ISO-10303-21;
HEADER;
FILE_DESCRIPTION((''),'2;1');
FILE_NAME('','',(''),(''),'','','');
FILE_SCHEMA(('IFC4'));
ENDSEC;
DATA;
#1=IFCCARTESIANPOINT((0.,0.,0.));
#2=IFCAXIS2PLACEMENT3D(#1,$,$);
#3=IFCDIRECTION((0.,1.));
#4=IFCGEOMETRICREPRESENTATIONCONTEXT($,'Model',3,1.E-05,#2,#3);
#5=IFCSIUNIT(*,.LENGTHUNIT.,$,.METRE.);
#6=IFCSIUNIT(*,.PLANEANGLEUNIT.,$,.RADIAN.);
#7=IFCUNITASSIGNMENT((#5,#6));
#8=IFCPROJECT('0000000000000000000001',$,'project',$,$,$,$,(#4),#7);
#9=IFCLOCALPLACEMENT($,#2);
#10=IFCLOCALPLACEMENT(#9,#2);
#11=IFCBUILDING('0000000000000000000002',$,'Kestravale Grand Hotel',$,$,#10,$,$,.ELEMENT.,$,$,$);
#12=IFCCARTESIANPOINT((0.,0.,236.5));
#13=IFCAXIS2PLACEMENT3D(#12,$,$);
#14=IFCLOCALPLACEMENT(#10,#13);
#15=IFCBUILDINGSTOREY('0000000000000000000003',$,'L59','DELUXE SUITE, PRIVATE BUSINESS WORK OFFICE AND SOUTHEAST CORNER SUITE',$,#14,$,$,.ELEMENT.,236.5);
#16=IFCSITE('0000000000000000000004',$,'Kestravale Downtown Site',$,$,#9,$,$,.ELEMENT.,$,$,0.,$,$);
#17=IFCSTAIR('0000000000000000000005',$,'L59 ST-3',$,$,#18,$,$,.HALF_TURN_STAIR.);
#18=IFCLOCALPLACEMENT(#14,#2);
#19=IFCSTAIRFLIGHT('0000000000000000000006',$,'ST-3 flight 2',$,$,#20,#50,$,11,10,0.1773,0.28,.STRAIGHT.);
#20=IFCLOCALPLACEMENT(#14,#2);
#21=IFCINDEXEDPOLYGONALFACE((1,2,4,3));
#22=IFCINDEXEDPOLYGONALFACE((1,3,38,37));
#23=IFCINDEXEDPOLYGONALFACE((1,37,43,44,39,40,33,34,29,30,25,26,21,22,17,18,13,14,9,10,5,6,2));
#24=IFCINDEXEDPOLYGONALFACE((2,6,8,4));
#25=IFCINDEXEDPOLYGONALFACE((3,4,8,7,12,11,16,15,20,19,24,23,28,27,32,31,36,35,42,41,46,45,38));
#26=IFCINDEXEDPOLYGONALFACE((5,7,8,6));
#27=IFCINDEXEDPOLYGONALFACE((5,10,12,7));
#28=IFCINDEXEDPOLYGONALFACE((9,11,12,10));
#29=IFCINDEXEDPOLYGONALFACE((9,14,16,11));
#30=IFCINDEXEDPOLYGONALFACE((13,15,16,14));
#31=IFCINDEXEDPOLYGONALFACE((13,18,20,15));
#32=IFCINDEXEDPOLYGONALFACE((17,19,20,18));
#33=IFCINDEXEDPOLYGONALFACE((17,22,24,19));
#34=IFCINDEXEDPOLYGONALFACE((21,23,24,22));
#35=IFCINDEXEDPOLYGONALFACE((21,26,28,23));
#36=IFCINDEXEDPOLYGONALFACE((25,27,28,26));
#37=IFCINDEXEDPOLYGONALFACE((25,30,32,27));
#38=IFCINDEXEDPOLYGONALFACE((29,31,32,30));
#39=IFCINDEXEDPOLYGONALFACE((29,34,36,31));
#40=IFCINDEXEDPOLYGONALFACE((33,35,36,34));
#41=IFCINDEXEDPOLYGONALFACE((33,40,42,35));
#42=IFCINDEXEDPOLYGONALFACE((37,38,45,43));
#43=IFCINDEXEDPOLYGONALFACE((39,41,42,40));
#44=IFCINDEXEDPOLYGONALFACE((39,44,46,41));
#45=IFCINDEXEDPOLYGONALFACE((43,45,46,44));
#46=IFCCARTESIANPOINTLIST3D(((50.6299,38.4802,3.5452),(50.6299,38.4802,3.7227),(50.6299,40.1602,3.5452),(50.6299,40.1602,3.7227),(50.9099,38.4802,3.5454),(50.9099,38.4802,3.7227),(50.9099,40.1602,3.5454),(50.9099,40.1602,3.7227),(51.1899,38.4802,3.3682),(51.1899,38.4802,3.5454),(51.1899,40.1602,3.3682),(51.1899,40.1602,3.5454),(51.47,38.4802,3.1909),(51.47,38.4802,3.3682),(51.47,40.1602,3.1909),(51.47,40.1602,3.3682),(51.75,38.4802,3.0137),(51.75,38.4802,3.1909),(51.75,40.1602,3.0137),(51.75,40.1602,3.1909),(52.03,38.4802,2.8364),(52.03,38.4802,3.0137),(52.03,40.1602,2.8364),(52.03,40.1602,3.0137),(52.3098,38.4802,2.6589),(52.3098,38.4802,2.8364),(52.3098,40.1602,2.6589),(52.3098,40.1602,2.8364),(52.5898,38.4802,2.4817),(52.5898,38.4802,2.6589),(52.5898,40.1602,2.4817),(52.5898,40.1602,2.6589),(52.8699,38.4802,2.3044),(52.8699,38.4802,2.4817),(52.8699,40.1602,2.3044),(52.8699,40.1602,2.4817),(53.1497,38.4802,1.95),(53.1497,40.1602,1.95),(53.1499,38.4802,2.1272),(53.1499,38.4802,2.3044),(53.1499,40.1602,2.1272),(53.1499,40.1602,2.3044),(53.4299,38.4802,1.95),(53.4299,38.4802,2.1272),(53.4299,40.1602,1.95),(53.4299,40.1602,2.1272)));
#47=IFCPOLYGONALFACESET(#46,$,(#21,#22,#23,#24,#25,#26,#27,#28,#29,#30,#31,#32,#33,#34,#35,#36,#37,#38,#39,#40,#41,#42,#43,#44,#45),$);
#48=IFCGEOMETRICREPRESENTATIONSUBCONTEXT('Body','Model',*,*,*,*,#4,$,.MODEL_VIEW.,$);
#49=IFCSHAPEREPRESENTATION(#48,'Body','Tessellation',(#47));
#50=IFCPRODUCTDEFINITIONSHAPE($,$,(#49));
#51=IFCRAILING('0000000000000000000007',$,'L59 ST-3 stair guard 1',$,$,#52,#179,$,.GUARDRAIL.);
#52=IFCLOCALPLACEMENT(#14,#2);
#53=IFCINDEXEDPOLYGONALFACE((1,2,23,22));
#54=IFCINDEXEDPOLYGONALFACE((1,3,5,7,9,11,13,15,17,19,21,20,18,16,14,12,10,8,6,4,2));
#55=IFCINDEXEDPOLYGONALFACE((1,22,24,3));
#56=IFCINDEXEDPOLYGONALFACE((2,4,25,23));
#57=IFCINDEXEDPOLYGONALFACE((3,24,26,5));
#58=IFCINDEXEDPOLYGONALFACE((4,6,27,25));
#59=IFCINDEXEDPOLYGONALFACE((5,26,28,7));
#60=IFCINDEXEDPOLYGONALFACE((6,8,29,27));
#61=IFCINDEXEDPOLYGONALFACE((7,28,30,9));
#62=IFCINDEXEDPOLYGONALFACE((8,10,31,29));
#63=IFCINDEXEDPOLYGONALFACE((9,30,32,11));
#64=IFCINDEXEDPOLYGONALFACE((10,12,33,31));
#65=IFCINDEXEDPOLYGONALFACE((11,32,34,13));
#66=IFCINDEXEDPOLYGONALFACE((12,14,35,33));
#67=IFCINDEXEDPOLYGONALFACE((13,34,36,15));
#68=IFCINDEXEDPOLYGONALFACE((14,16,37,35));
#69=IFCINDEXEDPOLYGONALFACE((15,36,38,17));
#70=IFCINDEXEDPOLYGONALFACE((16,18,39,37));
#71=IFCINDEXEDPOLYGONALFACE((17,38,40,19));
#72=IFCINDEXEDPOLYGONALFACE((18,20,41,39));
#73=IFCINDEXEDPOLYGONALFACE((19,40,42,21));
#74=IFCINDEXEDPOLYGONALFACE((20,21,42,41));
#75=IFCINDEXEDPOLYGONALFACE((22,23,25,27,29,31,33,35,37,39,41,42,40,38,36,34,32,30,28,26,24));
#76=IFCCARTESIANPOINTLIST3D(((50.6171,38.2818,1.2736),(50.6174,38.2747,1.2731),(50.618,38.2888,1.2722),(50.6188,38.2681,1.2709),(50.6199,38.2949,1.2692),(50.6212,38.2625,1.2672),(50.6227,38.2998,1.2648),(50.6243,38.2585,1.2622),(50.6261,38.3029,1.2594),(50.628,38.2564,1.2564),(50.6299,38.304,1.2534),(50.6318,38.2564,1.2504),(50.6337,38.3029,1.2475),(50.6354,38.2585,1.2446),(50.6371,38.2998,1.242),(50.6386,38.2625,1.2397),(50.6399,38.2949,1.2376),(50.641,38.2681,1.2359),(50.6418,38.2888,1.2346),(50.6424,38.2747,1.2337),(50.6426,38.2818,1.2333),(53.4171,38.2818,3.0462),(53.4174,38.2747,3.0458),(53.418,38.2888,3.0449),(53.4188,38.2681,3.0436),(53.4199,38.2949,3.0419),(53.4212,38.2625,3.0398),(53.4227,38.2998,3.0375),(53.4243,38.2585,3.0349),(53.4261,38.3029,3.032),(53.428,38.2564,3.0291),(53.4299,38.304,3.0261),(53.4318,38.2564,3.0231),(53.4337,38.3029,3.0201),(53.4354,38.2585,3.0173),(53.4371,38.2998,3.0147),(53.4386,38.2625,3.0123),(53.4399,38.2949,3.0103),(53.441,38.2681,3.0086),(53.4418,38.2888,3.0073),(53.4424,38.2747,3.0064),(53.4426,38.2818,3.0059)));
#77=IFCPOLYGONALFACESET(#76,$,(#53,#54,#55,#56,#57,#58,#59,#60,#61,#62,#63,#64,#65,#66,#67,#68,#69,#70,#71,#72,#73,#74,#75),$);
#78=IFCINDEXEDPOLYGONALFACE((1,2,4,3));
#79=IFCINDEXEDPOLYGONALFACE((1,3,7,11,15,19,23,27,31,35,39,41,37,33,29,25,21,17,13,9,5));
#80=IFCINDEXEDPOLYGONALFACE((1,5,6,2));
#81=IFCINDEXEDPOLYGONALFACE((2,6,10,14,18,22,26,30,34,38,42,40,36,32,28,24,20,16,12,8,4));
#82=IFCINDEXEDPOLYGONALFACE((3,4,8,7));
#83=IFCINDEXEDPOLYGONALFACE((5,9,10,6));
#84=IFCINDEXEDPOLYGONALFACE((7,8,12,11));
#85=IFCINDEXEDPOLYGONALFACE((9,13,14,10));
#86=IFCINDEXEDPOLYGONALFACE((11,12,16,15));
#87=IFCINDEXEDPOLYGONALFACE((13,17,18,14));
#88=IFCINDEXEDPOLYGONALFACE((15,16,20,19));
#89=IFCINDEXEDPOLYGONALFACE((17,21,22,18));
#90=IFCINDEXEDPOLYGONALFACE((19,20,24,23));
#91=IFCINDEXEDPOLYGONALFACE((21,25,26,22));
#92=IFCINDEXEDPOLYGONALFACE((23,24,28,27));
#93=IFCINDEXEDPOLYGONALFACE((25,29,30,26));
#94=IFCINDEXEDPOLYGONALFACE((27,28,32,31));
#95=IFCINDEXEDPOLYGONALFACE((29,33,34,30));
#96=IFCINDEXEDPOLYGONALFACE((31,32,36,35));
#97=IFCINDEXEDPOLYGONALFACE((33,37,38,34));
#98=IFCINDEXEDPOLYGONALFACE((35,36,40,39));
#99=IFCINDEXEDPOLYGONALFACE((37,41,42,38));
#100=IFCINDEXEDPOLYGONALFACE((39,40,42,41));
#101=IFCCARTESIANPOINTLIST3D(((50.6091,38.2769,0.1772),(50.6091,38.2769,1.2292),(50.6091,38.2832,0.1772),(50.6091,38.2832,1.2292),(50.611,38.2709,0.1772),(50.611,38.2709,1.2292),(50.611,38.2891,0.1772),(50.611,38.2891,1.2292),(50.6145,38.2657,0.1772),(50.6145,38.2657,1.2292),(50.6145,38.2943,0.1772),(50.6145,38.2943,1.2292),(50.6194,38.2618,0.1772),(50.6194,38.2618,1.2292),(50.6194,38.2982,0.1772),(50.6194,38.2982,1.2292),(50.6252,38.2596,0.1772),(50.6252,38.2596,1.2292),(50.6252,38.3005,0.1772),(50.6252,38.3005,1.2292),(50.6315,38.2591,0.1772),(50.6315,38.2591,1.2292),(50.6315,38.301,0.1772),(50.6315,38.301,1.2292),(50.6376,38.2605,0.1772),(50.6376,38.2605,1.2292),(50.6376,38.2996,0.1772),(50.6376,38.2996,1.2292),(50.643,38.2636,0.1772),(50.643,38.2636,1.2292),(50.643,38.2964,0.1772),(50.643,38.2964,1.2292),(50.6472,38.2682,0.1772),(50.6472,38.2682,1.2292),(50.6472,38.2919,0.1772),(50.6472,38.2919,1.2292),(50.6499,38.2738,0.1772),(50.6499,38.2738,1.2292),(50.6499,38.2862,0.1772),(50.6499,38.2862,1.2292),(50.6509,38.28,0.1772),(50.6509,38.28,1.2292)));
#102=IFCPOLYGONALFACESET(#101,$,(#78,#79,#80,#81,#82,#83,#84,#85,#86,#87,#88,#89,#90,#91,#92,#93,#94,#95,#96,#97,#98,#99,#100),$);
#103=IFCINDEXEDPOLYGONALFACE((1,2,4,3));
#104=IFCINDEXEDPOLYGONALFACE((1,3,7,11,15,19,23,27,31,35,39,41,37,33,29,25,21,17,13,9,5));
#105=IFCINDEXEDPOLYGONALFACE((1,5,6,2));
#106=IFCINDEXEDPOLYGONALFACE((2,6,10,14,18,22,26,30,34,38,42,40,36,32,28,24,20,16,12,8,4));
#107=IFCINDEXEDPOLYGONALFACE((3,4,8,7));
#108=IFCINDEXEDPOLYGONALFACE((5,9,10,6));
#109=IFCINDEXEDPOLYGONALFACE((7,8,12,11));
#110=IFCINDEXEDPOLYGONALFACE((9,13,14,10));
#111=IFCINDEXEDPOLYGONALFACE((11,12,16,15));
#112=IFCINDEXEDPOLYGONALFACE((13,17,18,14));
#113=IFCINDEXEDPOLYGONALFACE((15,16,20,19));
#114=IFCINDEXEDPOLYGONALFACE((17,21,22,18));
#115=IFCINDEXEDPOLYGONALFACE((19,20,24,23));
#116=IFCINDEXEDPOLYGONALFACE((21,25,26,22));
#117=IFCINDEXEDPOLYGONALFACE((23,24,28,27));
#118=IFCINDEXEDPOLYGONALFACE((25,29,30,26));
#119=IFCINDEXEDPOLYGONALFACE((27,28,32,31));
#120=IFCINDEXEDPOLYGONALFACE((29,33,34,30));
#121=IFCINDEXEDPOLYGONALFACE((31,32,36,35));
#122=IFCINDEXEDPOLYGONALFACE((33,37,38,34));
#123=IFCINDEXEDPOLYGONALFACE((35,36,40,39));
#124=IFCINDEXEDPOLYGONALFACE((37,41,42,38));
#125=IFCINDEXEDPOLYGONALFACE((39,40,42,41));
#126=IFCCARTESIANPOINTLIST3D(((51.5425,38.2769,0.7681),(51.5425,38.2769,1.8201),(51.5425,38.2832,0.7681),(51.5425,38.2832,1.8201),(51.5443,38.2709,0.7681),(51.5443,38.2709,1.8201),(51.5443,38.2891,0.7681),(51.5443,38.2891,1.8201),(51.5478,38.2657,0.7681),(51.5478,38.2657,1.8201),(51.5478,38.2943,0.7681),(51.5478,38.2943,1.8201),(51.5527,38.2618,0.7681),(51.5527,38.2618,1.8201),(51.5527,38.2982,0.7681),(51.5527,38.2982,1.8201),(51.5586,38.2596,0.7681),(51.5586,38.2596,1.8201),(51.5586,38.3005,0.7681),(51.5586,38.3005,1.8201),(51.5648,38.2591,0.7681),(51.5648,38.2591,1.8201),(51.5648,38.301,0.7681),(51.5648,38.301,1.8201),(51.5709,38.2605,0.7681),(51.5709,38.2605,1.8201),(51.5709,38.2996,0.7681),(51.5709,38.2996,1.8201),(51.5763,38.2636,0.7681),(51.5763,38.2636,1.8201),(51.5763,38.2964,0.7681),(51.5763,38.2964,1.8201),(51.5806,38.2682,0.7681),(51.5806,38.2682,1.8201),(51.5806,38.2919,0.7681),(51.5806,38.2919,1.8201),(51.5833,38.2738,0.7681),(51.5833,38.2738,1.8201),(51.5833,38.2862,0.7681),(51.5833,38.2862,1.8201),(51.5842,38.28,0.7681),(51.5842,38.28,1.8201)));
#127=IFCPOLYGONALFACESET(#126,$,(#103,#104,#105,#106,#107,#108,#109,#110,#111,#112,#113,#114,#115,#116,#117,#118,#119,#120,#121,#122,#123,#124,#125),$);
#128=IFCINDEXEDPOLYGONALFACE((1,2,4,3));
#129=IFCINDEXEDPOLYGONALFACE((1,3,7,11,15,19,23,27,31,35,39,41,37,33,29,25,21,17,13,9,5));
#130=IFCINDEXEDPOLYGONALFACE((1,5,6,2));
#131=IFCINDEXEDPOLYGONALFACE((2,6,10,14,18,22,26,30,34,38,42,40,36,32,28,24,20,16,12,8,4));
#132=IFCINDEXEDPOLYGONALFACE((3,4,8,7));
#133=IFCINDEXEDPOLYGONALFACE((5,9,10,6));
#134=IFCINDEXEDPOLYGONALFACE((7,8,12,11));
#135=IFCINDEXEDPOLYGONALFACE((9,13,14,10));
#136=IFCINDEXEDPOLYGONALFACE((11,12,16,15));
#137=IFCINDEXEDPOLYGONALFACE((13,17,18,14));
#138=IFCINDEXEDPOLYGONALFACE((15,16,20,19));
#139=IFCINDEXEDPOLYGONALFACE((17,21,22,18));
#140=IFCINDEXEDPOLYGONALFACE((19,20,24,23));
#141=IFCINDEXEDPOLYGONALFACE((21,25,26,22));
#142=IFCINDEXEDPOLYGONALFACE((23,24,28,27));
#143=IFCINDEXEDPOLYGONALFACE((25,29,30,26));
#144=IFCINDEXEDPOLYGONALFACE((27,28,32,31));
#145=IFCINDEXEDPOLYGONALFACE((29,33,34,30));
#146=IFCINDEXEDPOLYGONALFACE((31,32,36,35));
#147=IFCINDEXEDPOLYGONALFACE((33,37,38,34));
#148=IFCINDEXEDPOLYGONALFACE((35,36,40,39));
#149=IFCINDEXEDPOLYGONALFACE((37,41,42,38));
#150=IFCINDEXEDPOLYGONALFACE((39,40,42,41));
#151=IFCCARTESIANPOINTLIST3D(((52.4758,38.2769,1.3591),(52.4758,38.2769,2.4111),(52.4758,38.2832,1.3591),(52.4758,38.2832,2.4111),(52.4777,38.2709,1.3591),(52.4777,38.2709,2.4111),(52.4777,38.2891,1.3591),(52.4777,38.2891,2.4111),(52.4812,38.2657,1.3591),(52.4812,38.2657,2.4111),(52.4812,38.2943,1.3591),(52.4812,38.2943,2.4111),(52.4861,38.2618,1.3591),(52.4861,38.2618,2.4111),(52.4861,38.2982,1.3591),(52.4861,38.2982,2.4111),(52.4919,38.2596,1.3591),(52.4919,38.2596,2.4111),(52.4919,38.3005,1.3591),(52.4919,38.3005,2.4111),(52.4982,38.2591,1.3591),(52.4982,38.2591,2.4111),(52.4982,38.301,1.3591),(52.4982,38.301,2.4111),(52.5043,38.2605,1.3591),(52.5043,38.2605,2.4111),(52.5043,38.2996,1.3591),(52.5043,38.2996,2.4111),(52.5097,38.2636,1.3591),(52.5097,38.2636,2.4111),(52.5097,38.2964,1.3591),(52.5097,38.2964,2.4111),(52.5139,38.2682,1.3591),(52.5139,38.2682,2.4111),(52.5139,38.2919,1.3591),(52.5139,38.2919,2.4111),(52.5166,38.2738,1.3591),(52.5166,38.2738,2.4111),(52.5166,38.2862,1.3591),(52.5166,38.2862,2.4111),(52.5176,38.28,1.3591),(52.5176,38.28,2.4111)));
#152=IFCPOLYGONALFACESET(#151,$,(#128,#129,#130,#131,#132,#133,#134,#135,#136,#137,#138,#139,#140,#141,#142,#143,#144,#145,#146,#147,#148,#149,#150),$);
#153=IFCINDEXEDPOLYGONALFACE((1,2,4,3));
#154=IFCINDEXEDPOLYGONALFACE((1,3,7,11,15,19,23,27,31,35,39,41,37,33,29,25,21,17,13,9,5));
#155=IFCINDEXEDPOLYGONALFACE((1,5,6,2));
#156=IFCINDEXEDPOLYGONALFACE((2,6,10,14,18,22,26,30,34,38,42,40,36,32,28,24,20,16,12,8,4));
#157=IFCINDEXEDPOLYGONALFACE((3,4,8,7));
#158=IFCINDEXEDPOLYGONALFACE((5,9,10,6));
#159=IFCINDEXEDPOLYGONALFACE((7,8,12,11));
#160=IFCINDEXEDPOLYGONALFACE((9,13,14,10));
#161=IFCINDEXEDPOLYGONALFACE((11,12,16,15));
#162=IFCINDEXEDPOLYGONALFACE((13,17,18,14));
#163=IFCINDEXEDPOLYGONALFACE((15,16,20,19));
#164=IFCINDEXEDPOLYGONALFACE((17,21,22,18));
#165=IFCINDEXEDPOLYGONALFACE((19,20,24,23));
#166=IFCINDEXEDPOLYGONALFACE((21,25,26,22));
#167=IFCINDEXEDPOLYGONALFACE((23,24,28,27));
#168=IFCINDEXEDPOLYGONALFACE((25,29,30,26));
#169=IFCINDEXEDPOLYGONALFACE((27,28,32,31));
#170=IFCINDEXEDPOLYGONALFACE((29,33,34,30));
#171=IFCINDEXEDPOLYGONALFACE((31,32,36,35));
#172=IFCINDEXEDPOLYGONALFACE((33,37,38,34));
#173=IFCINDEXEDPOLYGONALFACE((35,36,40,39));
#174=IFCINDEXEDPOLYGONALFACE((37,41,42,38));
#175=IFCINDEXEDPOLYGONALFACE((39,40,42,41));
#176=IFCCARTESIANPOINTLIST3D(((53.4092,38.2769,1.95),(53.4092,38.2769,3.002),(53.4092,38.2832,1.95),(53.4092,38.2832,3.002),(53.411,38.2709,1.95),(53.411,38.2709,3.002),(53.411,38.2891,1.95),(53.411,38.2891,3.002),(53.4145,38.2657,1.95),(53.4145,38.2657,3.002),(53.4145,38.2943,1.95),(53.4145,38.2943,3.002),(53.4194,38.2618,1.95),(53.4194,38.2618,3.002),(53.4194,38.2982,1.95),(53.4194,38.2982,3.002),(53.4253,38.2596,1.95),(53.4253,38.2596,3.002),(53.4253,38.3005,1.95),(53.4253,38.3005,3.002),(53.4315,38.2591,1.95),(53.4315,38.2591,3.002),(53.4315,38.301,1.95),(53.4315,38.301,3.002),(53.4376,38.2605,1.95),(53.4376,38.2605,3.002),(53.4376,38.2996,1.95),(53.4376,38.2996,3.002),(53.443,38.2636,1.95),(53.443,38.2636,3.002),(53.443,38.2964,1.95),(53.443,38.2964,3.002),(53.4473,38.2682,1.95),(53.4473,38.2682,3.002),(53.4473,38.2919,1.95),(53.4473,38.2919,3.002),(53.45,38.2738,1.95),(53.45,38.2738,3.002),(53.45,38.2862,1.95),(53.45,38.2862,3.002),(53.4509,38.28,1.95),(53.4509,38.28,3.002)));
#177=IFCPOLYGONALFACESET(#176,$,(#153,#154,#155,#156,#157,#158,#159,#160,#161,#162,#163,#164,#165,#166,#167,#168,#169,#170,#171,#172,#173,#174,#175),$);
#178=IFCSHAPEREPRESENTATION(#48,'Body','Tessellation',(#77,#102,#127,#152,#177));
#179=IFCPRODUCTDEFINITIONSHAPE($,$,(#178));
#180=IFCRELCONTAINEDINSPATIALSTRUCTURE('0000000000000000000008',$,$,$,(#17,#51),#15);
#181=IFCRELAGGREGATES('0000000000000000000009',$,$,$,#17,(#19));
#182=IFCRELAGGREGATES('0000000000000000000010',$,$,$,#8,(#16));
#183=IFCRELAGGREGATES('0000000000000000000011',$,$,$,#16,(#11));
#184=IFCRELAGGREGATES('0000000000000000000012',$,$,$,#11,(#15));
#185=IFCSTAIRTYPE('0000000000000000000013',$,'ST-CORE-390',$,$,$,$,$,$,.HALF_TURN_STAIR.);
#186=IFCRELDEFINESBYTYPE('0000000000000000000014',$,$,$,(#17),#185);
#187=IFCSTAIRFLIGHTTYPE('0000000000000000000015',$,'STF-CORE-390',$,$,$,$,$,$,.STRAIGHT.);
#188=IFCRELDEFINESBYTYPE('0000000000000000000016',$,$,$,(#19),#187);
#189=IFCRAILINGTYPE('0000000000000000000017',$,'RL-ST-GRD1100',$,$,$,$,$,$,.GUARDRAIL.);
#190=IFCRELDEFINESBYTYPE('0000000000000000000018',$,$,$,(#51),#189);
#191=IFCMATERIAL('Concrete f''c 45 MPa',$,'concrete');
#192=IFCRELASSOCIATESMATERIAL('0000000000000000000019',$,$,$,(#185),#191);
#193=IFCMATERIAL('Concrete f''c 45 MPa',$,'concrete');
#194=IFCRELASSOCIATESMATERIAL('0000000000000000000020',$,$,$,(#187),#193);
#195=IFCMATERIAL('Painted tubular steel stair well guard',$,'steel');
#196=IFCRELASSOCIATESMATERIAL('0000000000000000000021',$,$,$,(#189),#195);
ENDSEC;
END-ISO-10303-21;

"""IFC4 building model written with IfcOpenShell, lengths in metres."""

from ifc_helpers import new_model, si_unit, direction, frame, origin, origin_2d, place, context, subcontext, project, spatial, polyline, circle, outline, extrude, material, type_object, element, aggregate, save


model = new_model("IFC4")

# Units and contexts
model_context = context("Model", 3, precision=1e-05, world=origin(), true_north=direction((0.0, 1.0)))
body_context = subcontext(model_context, "Body", "Model", "MODEL_VIEW")
ifc_project = project(units=[si_unit("LENGTHUNIT", "METRE"), si_unit("PLANEANGLEUNIT", "RADIAN")], contexts=[model_context])

# Site, building, storey
site_placement = place(None, origin())
site = spatial("IfcSite", under=ifc_project, at=site_placement, Name="Kestravale Downtown Site", CompositionType="ELEMENT", RefElevation=0.0)
building_placement = place(site_placement, origin())
building = spatial("IfcBuilding", under=site, at=building_placement, Name="Kestravale Grand Hotel", CompositionType="ELEMENT")
storey_placement = place(building_placement, frame((0.0, 0.0, 236.5)))
storey = spatial("IfcBuildingStorey", under=building, at=storey_placement, Name="L59", Description="DELUXE SUITE, PRIVATE BUSINESS WORK OFFICE AND SOUTHEAST CORNER SUITE", CompositionType="ELEMENT", Elevation=236.5)

# Stair, stair flight
ifc_material_1 = material(Name="Concrete f'c 45 MPa", Category="concrete")
stair_type = type_object("IfcStairType", Name="ST-CORE-390", PredefinedType="HALF_TURN_STAIR", material=ifc_material_1)
stair_placement = place(storey_placement, origin())
stair = element("IfcStair", 1, at=stair_placement, inside=storey, type_object=stair_type, Name="L59 ST-3", PredefinedType="HALF_TURN_STAIR")
ifc_material_2 = material(Name="Concrete f'c 45 MPa", Category="concrete")
stair_flight_type = type_object("IfcStairFlightType", Name="STF-CORE-390", PredefinedType="STRAIGHT", material=ifc_material_2)
stair_flight_1_placement = place(storey_placement, frame((53.4299, 39.3201, 1.95), z_axis=(0.0, 0.0, 1.0), x_axis=(-1.0, 0.0, 0.0)))
stair_flight_1 = element("IfcStairFlight", 2, at=stair_flight_1_placement, type_object=stair_flight_type, Name="ST-3 flight 2", NumberOfRisers=11, NumberOfTreads=10, PredefinedType="STRAIGHT", RiserHeight=0.1773, TreadLength=0.28, context=body_context, shape_type="SweptSolid", body=[
    extrude(outline(polyline([(0.0, 0.0), (0.0, 0.1772), (0.28, 0.1772), (0.28, 0.3545), (0.5601, 0.3545), (0.5601, 0.5317), (0.8401, 0.5317), (0.8401, 0.709), (1.1201, 0.709), (1.1201, 0.8865), (1.3999, 0.8865), (1.3999, 1.0637), (1.6799, 1.0637), (1.6799, 1.241), (1.96, 1.241), (1.96, 1.4182), (2.24, 1.4182), (2.24, 1.5955), (2.52, 1.5955), (2.52, 1.7727), (2.8, 1.7727), (2.8, 1.95), (2.8, 1.5952), (0.2803, 0.0), (0.0, 0.0)])), frame((0.0, 0.8398, 0.0), z_axis=(0.0, -1.0, 0.0), x_axis=(1.0, 0.0, 0.0)), (0.0, 0.0, 1.0), 1.6799),
])
aggregate(stair, [stair_flight_1])

# Railing
ifc_material_3 = material(Name="Painted tubular steel stair well guard", Category="steel")
railing_type_1 = type_object("IfcRailingType", Name="RL-ST-GRD1100", PredefinedType="GUARDRAIL", material=ifc_material_3)
railing_1_placement = place(storey_placement, frame((50.6299, 38.28, 0.1772)))
element("IfcRailing", 3, at=railing_1_placement, inside=storey, type_object=railing_type_1, Name="L59 ST-3 stair guard 1", PredefinedType="GUARDRAIL", context=body_context, shape_type="SweptSolid", body=[
    extrude(circle(Radius=0.0239, at=origin_2d()), frame((0.0, 0.0, 1.0762), z_axis=(0.844909, 0.0, 0.53491), x_axis=(0.0, 1.0, 0.0)), (0.0, 0.0, 1.0), 3.314),
    extrude(circle(Radius=0.021, at=origin_2d()), origin(), (0.0, 0.0, 1.0), 1.052),
    extrude(circle(Radius=0.021, at=origin_2d()), frame((0.9333, 0.0, 0.5908)), (0.0, 0.0, 1.0), 1.052),
    extrude(circle(Radius=0.021, at=origin_2d()), frame((1.8667, 0.0, 1.1819)), (0.0, 0.0, 1.0), 1.052),
    extrude(circle(Radius=0.021, at=origin_2d()), frame((2.8, 0.0, 1.7727)), (0.0, 0.0, 1.0), 1.052),
])

save(model, "model.ifc")
